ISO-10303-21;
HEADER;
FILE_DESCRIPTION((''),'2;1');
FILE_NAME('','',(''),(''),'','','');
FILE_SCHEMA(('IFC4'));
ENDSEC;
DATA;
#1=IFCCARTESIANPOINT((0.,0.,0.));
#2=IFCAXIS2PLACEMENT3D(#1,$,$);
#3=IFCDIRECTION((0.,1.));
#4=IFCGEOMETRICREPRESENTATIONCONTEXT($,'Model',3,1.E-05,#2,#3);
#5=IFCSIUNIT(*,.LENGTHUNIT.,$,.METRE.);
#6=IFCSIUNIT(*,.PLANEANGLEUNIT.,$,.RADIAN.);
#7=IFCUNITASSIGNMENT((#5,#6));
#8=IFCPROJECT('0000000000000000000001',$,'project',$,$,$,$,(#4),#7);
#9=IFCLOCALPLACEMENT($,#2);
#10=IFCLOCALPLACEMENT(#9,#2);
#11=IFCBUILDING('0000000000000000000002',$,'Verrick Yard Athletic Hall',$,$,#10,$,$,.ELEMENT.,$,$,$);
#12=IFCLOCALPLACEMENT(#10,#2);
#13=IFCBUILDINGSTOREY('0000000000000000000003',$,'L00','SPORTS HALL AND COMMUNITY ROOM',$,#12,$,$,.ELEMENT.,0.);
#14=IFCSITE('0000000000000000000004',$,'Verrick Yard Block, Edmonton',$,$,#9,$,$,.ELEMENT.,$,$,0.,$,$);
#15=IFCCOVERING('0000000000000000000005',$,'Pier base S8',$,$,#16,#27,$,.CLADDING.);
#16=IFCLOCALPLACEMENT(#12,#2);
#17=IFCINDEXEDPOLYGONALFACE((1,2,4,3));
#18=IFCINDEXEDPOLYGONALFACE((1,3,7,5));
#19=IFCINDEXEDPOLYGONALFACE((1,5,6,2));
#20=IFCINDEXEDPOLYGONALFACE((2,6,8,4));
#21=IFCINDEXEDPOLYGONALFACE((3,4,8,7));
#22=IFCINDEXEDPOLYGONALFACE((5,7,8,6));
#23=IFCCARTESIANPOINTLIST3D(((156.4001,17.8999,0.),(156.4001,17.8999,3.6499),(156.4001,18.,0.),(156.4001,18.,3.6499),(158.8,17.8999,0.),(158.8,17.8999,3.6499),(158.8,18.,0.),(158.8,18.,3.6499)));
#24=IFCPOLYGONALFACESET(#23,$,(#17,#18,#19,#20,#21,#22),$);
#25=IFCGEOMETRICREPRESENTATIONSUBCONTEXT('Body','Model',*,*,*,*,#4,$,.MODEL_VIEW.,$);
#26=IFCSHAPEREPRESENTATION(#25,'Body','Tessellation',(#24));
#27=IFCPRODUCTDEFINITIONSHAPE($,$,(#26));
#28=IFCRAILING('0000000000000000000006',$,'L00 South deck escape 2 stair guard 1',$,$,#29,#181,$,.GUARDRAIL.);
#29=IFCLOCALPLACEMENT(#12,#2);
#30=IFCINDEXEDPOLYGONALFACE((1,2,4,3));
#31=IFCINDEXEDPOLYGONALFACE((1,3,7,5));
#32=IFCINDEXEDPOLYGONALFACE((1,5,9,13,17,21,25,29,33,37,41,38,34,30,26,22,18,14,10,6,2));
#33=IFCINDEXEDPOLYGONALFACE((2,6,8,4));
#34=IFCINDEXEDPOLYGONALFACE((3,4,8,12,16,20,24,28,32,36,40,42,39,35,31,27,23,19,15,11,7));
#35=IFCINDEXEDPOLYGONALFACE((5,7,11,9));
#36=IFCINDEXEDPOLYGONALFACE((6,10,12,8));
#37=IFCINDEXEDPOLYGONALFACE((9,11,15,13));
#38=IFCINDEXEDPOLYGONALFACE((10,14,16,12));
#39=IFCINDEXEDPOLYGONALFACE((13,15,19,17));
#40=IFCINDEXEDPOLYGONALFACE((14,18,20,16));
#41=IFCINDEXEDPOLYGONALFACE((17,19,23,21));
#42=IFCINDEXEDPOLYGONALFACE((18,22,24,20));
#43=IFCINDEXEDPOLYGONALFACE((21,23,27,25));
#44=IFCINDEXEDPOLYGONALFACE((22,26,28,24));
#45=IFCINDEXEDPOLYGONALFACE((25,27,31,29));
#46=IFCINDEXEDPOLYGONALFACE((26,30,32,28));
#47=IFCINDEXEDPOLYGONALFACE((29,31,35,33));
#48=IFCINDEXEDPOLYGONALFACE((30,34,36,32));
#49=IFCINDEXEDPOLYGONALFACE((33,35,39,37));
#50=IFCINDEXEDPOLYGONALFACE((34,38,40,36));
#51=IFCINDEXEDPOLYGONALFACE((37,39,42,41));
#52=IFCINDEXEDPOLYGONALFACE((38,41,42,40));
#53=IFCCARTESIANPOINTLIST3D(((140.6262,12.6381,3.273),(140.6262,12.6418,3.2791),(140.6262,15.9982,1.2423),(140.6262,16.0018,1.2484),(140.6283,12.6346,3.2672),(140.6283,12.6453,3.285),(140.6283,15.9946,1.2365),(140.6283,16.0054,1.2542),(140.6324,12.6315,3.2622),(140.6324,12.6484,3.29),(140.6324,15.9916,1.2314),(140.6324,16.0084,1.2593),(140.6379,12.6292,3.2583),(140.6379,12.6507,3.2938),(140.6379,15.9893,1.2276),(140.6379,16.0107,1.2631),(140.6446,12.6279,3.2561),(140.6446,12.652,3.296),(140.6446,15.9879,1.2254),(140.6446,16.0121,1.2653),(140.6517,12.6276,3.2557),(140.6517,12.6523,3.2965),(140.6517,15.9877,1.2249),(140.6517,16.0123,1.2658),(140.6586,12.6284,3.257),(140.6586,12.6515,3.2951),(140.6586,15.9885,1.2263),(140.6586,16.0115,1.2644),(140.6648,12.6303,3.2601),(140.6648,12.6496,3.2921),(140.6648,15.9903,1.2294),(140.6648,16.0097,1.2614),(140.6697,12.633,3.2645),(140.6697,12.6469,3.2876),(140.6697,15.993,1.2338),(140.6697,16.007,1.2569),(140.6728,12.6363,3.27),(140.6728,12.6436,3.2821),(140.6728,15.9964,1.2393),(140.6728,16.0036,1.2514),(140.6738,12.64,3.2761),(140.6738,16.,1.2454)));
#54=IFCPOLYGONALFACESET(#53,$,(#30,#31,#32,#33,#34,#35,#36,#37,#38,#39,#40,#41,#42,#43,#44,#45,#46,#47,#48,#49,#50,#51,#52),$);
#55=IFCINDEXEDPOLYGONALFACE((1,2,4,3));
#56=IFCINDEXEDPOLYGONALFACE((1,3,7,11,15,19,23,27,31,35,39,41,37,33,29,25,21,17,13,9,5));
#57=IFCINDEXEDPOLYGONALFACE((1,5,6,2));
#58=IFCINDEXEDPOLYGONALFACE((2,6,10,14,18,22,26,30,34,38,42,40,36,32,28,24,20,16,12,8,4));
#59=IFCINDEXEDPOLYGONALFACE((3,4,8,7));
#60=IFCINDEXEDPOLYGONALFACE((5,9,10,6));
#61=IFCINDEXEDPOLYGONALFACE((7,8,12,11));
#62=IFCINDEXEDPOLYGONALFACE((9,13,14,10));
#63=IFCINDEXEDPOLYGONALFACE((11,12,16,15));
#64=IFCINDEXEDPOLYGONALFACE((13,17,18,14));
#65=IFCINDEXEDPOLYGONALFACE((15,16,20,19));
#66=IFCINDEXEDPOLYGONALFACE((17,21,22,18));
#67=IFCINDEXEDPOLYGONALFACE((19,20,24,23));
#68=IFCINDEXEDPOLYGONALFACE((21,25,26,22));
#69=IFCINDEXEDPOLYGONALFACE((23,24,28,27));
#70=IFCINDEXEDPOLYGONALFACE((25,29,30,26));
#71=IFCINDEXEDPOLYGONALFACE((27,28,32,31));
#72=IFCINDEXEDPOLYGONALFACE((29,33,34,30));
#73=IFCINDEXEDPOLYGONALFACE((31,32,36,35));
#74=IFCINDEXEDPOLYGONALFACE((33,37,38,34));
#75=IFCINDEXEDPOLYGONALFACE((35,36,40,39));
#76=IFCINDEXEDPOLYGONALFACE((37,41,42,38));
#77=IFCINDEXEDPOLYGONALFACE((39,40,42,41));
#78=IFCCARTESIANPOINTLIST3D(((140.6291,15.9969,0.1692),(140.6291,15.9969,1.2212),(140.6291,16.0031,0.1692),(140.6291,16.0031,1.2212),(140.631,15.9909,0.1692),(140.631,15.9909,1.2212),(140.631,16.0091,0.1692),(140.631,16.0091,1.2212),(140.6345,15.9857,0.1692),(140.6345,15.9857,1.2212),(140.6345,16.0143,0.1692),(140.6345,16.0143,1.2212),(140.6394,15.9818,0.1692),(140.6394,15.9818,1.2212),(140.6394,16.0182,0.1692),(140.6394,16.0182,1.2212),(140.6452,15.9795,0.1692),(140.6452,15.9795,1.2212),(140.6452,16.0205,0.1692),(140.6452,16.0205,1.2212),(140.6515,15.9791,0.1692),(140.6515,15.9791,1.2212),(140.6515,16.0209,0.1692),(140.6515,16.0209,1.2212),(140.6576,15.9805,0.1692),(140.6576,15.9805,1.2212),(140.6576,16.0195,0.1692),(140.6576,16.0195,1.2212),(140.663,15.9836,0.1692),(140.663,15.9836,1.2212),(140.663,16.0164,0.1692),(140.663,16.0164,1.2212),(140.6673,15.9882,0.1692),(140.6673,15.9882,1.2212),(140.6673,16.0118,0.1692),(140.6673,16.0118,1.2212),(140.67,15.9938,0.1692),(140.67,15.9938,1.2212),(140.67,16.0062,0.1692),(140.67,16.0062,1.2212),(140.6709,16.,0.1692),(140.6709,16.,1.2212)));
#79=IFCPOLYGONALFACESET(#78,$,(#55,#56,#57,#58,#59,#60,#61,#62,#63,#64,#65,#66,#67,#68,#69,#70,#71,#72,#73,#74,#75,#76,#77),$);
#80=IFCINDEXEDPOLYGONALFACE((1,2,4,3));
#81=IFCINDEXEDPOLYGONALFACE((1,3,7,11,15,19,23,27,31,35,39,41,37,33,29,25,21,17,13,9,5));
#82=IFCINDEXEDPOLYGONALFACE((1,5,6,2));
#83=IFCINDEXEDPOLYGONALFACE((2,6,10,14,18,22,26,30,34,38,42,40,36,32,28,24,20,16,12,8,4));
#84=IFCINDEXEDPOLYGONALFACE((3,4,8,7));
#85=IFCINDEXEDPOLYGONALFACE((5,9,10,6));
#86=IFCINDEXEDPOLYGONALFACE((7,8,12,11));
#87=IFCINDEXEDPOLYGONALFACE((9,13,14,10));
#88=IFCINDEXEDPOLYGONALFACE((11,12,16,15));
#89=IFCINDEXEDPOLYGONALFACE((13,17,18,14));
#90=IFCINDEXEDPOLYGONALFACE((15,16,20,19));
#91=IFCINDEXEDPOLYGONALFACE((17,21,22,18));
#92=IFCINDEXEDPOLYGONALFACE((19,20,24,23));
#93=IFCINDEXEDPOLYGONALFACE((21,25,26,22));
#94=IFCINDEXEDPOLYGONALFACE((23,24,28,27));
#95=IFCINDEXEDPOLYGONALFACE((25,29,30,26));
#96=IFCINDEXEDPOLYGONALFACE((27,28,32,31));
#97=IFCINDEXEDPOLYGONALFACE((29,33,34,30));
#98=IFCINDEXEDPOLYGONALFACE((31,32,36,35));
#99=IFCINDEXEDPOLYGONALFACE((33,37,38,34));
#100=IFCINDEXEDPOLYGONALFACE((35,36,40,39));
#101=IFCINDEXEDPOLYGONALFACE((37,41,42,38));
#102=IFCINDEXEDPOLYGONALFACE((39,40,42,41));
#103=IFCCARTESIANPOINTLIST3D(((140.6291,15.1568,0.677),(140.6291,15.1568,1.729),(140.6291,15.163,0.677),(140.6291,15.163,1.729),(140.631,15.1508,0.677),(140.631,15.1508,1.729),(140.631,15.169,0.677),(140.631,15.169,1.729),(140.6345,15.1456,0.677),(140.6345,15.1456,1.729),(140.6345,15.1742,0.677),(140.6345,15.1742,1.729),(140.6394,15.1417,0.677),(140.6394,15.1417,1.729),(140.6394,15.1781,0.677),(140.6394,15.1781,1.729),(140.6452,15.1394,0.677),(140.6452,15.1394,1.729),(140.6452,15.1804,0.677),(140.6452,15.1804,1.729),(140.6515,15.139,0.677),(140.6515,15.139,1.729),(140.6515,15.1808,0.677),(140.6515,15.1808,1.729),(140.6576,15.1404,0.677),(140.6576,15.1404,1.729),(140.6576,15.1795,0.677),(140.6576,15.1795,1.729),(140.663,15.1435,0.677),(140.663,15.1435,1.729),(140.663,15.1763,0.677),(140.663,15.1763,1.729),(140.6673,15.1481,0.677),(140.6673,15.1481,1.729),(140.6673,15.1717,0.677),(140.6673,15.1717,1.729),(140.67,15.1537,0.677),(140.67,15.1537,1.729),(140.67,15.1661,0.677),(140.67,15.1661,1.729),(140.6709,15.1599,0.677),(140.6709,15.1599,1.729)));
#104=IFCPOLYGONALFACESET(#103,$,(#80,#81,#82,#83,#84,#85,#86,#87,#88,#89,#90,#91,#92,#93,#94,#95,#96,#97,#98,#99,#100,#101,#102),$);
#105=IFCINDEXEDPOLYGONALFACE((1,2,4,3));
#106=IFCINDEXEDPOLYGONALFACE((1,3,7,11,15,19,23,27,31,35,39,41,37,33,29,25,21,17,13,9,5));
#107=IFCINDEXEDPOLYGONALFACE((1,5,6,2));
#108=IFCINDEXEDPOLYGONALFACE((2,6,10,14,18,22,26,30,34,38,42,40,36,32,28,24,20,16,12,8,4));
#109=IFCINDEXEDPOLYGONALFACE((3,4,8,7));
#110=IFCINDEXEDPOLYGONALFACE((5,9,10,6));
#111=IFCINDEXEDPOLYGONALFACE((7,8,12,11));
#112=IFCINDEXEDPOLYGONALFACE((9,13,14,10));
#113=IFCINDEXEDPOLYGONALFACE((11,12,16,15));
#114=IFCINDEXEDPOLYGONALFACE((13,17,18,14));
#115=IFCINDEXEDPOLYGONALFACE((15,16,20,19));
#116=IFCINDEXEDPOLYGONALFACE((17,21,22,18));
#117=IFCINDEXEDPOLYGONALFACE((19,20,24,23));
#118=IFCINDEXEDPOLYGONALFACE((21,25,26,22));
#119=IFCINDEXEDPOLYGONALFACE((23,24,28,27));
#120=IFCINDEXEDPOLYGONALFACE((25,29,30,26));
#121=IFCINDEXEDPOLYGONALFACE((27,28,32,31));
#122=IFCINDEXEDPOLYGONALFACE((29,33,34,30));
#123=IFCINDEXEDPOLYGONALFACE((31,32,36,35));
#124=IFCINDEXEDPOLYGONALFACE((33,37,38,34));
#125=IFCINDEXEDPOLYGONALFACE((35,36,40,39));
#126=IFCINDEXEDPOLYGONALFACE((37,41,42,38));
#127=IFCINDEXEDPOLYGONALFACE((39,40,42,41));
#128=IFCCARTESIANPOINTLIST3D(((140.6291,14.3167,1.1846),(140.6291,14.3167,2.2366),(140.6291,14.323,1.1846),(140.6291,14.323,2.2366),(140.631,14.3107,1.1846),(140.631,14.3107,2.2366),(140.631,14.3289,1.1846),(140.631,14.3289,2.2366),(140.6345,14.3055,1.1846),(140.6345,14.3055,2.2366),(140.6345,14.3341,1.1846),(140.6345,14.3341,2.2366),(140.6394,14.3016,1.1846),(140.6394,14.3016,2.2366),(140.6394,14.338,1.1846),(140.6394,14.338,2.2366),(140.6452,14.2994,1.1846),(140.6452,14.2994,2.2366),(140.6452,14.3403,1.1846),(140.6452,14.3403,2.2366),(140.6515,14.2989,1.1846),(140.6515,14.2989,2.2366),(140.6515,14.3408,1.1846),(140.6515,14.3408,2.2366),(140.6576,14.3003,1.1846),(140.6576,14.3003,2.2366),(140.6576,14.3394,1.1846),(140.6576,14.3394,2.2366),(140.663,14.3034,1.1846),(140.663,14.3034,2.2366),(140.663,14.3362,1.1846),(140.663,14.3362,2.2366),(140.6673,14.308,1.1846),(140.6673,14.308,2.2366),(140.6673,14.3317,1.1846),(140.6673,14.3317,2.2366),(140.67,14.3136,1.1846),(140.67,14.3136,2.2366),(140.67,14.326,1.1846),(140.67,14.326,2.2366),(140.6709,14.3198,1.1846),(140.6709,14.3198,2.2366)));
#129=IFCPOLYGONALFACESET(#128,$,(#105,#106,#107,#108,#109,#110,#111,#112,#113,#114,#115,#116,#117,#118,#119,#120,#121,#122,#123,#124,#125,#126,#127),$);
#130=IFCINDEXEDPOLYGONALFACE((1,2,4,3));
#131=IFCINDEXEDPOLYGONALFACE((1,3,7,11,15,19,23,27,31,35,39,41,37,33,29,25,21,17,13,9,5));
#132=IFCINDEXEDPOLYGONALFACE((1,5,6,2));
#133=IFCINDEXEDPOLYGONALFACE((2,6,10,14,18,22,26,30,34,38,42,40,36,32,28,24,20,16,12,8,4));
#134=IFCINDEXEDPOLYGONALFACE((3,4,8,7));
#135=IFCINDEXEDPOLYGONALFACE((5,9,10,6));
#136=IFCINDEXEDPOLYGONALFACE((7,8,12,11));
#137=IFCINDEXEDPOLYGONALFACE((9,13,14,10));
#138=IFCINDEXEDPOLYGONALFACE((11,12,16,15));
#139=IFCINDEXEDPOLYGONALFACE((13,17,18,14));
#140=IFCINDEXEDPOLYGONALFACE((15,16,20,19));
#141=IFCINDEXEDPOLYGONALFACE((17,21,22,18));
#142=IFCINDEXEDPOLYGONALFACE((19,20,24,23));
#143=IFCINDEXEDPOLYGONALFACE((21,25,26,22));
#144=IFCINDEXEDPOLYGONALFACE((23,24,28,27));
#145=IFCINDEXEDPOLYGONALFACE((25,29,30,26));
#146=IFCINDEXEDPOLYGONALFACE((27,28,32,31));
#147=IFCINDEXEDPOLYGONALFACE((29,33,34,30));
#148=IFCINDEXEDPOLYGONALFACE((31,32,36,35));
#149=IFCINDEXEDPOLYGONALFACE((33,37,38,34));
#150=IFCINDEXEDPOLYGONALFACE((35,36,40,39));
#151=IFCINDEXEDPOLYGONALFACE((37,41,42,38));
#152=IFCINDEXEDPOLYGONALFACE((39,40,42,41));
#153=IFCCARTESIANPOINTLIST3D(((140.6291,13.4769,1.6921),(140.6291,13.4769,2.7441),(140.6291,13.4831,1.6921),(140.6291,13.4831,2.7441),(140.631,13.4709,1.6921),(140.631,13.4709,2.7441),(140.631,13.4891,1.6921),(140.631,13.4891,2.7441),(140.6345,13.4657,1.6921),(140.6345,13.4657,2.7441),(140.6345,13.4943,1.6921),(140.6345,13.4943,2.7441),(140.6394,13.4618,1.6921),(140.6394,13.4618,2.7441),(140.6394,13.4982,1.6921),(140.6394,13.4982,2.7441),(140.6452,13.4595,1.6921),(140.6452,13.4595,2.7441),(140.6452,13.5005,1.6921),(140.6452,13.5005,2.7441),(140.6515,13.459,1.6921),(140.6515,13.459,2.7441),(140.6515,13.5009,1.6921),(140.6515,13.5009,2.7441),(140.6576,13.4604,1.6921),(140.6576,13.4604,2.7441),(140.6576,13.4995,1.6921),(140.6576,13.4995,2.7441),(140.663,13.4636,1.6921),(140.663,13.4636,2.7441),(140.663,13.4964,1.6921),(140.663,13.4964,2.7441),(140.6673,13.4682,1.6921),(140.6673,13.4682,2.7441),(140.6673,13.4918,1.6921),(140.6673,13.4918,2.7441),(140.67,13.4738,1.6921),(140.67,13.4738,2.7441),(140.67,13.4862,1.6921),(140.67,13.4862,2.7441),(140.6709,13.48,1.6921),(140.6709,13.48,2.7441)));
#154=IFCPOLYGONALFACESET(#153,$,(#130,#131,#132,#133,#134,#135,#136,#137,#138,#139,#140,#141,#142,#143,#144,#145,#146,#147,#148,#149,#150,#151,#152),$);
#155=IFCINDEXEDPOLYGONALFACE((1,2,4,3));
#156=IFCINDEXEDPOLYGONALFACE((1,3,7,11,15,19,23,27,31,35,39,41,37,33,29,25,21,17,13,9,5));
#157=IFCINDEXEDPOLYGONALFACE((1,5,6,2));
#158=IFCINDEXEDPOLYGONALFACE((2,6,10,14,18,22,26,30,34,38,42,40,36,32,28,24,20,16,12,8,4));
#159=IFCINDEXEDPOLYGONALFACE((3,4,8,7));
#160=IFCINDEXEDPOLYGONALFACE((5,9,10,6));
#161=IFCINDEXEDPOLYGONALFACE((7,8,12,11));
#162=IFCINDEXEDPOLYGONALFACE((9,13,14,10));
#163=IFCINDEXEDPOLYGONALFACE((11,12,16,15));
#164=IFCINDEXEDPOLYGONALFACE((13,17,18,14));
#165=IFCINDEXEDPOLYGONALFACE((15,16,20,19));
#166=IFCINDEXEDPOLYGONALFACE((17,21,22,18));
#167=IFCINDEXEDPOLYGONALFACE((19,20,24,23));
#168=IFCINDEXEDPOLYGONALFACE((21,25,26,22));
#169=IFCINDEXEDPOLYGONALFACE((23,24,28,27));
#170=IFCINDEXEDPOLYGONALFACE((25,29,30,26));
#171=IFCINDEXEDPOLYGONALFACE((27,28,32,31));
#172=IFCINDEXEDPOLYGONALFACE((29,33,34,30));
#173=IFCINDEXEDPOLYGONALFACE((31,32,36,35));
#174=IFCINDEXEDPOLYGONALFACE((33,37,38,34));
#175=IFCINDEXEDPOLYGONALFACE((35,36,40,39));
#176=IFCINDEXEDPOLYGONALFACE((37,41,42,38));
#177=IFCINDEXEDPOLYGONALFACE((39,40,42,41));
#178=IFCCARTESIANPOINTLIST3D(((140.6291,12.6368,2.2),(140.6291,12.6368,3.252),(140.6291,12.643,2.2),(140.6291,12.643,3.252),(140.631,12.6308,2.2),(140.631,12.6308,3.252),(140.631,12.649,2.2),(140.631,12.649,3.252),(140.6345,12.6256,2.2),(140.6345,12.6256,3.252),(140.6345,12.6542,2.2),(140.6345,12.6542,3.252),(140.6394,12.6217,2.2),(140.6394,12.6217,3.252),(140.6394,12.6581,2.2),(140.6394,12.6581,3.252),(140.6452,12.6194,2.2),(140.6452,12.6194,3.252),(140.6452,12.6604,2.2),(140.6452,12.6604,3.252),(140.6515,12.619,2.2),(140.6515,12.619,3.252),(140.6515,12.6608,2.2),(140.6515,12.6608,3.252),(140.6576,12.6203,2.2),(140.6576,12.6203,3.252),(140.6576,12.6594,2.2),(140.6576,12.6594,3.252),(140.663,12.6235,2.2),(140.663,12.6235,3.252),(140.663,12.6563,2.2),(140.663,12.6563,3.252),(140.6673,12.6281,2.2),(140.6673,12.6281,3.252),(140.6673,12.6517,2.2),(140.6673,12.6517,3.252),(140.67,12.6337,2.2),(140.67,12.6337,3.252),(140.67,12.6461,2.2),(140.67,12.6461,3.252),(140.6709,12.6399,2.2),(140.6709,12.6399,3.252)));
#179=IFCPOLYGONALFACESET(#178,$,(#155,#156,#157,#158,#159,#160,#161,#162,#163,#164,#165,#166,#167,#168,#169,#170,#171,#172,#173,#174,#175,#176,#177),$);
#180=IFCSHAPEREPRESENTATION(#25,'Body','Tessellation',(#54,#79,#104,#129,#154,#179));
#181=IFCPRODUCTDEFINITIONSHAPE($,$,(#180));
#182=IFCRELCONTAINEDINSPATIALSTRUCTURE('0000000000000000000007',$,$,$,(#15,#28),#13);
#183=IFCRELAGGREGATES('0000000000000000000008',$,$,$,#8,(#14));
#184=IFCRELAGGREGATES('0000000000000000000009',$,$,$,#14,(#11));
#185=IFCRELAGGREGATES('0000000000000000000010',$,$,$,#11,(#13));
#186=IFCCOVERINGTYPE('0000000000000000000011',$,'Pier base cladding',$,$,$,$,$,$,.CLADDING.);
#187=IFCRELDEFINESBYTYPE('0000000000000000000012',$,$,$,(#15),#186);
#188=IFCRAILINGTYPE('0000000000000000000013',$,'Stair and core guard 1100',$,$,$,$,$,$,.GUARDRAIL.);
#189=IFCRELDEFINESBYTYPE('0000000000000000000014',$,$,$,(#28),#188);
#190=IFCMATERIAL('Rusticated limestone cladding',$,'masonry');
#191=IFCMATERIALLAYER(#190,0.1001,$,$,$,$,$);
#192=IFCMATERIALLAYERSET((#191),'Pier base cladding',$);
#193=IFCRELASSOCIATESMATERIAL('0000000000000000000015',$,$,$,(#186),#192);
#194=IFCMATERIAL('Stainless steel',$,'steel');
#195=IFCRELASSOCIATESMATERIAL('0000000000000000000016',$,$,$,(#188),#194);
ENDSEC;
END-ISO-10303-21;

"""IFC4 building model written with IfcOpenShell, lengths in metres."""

from ifc_helpers import new_model, si_unit, direction, frame, origin, origin_2d, place, context, subcontext, project, spatial, rectangle, circle, extrude, material, layer, layer_set, type_object, element, save


model = new_model("IFC4")

# Units and contexts
model_context = context("Model", 3, precision=1e-05, world=origin(), true_north=direction((0.0, 1.0)))
body_context = subcontext(model_context, "Body", "Model", "MODEL_VIEW")
ifc_project = project(units=[si_unit("LENGTHUNIT", "METRE"), si_unit("PLANEANGLEUNIT", "RADIAN")], contexts=[model_context])

# Site, building, storey
site_placement = place(None, origin())
site = spatial("IfcSite", under=ifc_project, at=site_placement, Name="Verrick Yard Block, Edmonton", CompositionType="ELEMENT", RefElevation=0.0)
building_placement = place(site_placement, origin())
building = spatial("IfcBuilding", under=site, at=building_placement, Name="Verrick Yard Athletic Hall", CompositionType="ELEMENT")
storey_placement = place(building_placement, origin())
storey = spatial("IfcBuildingStorey", under=building, at=storey_placement, Name="L00", Description="SPORTS HALL AND COMMUNITY ROOM", CompositionType="ELEMENT", Elevation=0.0)

# Shared definitions
ifc_material_1 = material(Name="Rusticated limestone cladding", Category="masonry")

# Covering
ifc_layer_1 = layer(ifc_material_1, 0.1001)
ifc_layer_set_1 = layer_set([ifc_layer_1], Name="Pier base cladding")
covering_type = type_object("IfcCoveringType", Name="Pier base cladding", PredefinedType="CLADDING", material=ifc_layer_set_1)
for number, where, z_axis, x_axis, name in (
    (1, (157.6001, 17.95, 0.0), (0.0, 0.0, 1.0), (1.0, 0.0, 0.0), "Pier base S8"),
):
    element("IfcCovering", number, at=place(storey_placement, frame(where, z_axis=z_axis, x_axis=x_axis)), inside=storey, type_object=covering_type, Name=name, PredefinedType="CLADDING", context=body_context, shape_type="SweptSolid", body=[
        extrude(rectangle(XDim=2.3999, YDim=0.1001, at=origin_2d()), origin(), (0.0, 0.0, 1.0), 3.6499),
    ])

# Railing
ifc_material_2 = material(Name="Stainless steel", Category="steel")
railing_type_1 = type_object("IfcRailingType", Name="Stair and core guard 1100", PredefinedType="GUARDRAIL", material=ifc_material_2)
railing_1_placement = place(storey_placement, frame((140.6499, 16.0, 0.1692)))
element("IfcRailing", 2, at=railing_1_placement, inside=storey, type_object=railing_type_1, Name="L00 South deck escape 2 stair guard 1", PredefinedType="GUARDRAIL", context=body_context, shape_type="SweptSolid", body=[
    extrude(circle(Radius=0.0239, at=origin_2d()), frame((0.0, 0.0, 1.0762), z_axis=(0.0, -0.855837, 0.517246), x_axis=(1.0, 0.0, 0.0)), (0.0, 0.0, 1.0), 3.926),
    extrude(circle(Radius=0.021, at=origin_2d()), origin(), (0.0, 0.0, 1.0), 1.052),
    extrude(circle(Radius=0.021, at=origin_2d()), frame((0.0, -0.8401, 0.5078)), (0.0, 0.0, 1.0), 1.052),
    extrude(circle(Radius=0.021, at=origin_2d()), frame((0.0, -1.6802, 1.0154)), (0.0, 0.0, 1.0), 1.052),
    extrude(circle(Radius=0.021, at=origin_2d()), frame((0.0, -2.52, 1.5229)), (0.0, 0.0, 1.0), 1.052),
    extrude(circle(Radius=0.021, at=origin_2d()), frame((0.0, -3.3601, 2.0308)), (0.0, 0.0, 1.0), 1.052),
])

save(model, "model.ifc")
